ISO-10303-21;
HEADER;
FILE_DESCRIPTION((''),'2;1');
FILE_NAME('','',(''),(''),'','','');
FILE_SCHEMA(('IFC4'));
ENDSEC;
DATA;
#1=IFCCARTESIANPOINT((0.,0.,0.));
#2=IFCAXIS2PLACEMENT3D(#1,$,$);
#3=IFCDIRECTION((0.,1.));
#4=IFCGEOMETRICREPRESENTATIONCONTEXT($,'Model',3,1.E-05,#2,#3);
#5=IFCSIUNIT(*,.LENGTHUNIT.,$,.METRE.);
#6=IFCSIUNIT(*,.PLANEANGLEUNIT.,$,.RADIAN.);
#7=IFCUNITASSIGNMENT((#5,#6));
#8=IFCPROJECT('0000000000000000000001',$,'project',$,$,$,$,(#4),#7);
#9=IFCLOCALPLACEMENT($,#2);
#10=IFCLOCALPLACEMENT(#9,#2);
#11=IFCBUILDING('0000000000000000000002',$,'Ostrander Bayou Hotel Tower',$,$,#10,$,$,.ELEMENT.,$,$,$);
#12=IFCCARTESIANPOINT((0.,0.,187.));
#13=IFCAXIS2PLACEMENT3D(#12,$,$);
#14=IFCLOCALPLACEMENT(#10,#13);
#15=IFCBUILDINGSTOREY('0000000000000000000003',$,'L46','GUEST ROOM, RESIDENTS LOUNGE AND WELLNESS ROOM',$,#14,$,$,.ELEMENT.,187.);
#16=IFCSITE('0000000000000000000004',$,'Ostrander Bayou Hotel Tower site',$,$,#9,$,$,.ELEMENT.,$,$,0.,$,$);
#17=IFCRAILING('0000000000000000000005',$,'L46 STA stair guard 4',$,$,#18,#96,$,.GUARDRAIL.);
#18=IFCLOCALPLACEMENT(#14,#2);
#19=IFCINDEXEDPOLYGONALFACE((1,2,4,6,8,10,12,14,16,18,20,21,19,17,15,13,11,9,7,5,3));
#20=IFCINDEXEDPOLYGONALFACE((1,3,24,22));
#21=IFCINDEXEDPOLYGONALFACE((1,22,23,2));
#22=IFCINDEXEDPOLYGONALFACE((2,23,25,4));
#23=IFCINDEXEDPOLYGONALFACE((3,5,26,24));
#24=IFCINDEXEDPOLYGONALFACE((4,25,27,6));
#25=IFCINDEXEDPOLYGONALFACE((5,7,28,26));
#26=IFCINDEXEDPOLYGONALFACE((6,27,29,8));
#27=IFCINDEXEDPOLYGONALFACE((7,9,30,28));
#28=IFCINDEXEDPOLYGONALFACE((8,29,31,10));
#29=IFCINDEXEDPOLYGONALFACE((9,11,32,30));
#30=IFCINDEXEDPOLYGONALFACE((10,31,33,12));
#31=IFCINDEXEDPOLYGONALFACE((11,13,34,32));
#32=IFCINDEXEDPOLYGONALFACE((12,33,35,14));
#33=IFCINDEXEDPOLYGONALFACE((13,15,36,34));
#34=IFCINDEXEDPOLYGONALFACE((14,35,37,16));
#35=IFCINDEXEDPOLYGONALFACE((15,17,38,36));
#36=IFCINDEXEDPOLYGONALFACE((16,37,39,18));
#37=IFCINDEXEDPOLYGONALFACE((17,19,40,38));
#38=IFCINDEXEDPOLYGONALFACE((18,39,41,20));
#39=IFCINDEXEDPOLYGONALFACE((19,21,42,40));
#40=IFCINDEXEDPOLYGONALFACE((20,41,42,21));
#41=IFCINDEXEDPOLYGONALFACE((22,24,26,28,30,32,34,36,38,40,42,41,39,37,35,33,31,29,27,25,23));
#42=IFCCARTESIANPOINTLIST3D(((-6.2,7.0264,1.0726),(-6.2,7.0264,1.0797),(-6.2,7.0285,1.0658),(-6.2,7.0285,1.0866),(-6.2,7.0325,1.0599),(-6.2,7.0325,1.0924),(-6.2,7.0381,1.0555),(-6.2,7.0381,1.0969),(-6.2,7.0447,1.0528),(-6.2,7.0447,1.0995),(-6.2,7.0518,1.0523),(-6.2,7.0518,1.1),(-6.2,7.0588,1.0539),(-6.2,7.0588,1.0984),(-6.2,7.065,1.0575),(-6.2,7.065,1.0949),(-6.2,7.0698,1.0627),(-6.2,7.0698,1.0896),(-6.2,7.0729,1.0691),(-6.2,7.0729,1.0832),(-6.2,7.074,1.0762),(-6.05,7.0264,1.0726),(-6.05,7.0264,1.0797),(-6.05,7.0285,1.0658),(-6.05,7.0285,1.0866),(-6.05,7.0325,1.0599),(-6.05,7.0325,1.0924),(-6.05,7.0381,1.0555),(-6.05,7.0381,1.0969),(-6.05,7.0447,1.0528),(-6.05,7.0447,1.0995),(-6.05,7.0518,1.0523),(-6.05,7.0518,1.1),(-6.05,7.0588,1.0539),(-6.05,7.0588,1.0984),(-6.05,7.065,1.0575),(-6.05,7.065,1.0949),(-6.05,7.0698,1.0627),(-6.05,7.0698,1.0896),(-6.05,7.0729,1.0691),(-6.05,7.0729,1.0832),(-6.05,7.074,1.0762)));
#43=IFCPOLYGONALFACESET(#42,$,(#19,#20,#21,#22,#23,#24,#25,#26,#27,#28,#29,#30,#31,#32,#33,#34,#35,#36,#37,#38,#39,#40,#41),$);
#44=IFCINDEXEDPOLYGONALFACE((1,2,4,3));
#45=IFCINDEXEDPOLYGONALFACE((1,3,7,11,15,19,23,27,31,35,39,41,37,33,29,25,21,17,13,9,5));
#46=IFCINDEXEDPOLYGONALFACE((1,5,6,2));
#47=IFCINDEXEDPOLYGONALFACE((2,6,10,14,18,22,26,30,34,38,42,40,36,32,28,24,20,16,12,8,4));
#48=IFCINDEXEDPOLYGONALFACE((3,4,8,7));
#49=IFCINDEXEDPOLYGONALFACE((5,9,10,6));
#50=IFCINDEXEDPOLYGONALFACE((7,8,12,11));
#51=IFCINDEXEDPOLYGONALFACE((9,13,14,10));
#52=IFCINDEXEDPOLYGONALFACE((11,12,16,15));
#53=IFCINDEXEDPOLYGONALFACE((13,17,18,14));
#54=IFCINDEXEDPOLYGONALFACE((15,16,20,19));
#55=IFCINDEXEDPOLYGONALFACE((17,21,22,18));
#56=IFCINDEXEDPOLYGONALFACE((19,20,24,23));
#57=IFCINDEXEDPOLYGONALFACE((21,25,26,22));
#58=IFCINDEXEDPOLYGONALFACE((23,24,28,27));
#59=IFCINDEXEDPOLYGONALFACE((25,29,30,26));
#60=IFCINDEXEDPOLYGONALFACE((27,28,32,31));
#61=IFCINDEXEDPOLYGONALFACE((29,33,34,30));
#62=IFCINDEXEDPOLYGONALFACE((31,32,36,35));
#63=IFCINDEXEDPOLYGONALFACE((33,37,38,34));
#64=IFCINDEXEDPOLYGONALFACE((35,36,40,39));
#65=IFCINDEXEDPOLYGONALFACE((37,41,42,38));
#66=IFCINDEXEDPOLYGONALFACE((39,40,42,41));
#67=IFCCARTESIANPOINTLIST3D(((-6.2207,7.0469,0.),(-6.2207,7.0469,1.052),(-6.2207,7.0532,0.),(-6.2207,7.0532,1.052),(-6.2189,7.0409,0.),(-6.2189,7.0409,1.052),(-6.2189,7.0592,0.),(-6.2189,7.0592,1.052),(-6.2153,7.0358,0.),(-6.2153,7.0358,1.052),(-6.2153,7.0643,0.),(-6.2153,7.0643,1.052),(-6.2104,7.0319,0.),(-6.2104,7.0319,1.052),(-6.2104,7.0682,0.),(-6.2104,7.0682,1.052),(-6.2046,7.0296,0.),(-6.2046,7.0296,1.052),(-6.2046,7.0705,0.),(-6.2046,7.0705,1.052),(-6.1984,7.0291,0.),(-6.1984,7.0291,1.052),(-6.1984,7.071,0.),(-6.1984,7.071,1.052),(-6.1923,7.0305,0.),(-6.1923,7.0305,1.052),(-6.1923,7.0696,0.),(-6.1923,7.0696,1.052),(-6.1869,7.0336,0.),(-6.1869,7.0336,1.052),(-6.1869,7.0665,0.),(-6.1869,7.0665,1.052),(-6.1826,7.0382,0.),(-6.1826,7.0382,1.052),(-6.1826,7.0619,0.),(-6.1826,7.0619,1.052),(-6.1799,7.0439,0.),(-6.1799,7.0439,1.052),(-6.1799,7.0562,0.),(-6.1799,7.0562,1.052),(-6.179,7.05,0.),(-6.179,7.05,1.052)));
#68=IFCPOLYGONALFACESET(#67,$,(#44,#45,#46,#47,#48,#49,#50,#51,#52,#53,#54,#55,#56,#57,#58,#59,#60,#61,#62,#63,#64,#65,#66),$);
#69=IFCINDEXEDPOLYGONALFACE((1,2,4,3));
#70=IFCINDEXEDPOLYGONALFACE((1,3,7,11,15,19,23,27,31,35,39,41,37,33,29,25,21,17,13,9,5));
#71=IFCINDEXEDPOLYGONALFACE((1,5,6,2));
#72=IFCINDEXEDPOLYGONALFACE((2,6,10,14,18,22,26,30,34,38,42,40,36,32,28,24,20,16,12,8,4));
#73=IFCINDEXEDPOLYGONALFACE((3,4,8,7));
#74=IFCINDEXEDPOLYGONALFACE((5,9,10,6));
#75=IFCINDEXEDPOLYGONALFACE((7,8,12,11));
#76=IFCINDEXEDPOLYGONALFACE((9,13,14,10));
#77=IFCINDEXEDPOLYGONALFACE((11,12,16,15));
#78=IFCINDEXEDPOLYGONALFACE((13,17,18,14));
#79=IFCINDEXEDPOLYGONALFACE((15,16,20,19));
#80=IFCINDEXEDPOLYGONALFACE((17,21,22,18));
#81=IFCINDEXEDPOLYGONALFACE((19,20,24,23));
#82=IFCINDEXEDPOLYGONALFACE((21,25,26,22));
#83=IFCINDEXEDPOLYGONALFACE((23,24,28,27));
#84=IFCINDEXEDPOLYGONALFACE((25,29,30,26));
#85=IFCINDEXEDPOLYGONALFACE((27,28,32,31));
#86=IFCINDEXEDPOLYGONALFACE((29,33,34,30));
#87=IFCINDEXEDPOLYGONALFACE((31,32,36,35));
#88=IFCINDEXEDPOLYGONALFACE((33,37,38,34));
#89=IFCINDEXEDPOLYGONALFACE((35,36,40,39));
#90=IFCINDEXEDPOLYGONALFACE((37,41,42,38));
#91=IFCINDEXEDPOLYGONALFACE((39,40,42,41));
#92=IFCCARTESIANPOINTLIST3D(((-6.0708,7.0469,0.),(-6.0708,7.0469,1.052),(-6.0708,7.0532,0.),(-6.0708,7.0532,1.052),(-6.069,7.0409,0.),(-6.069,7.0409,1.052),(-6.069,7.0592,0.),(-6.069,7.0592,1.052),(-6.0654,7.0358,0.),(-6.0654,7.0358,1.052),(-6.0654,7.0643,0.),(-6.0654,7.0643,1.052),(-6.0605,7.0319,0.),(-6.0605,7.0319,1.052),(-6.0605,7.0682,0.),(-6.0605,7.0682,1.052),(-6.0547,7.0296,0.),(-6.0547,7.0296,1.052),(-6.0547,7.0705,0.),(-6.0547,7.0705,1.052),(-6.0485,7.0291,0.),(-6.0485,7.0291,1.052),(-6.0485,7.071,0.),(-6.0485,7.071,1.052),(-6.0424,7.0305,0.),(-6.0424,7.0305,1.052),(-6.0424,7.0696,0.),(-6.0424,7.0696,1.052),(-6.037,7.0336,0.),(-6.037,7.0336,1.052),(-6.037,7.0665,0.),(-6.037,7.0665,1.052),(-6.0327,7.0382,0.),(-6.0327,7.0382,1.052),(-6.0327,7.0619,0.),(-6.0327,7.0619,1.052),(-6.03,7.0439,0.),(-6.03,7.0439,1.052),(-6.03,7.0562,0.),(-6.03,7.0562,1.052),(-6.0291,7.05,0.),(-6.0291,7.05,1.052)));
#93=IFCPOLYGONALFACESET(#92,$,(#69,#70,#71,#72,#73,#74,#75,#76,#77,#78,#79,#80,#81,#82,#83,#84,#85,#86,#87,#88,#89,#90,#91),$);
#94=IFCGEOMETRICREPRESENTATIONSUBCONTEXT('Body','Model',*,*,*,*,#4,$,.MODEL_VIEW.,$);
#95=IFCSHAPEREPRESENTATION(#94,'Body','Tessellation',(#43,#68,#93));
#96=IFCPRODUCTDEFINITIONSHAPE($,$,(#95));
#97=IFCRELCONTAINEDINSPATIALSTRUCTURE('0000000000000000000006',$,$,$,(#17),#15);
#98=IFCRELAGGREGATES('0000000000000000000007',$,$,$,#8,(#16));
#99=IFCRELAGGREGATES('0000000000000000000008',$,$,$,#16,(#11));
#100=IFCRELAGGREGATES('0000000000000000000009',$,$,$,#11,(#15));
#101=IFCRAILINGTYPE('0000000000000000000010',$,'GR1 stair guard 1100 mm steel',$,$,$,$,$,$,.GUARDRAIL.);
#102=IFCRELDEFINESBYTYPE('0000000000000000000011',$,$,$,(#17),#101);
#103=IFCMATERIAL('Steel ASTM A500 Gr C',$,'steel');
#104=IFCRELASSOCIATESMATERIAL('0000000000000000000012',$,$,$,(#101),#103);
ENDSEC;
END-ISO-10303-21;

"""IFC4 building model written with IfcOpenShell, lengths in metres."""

from ifc_helpers import new_model, si_unit, direction, frame, origin, origin_2d, place, context, subcontext, project, spatial, circle, extrude, material, type_object, element, save


model = new_model("IFC4")

# Units and contexts
model_context = context("Model", 3, precision=1e-05, world=origin(), true_north=direction((0.0, 1.0)))
body_context = subcontext(model_context, "Body", "Model", "MODEL_VIEW")
ifc_project = project(units=[si_unit("LENGTHUNIT", "METRE"), si_unit("PLANEANGLEUNIT", "RADIAN")], contexts=[model_context])

# Site, building, storey
site_placement = place(None, origin())
site = spatial("IfcSite", under=ifc_project, at=site_placement, Name="Ostrander Bayou Hotel Tower site", CompositionType="ELEMENT", RefElevation=0.0)
building_placement = place(site_placement, origin())
building = spatial("IfcBuilding", under=site, at=building_placement, Name="Ostrander Bayou Hotel Tower", CompositionType="ELEMENT")
storey_placement = place(building_placement, frame((0.0, 0.0, 187.0)))
storey = spatial("IfcBuildingStorey", under=building, at=storey_placement, Name="L46", Description="GUEST ROOM, RESIDENTS LOUNGE AND WELLNESS ROOM", CompositionType="ELEMENT", Elevation=187.0)

# Railing
ifc_material_1 = material(Name="Steel ASTM A500 Gr C", Category="steel")
railing_type_1 = type_object("IfcRailingType", Name="GR1 stair guard 1100 mm steel", PredefinedType="GUARDRAIL", material=ifc_material_1)
railing_1_placement = place(storey_placement, frame((-6.2, 7.05, 0.0)))
element("IfcRailing", 1, at=railing_1_placement, inside=storey, type_object=railing_type_1, Name="L46 STA stair guard 4", PredefinedType="GUARDRAIL", context=body_context, shape_type="SweptSolid", body=[
    extrude(circle(Radius=0.0239, at=origin_2d()), frame((0.0, 0.0, 1.0762), z_axis=(1.0, 0.0, 0.0), x_axis=(0.0, 1.0, 0.0)), (0.0, 0.0, 1.0), 0.1499),
    extrude(circle(Radius=0.021, at=origin_2d()), origin(), (0.0, 0.0, 1.0), 1.052),
    extrude(circle(Radius=0.021, at=origin_2d()), frame((0.1499, 0.0, 0.0)), (0.0, 0.0, 1.0), 1.052),
])

save(model, "model.ifc")
